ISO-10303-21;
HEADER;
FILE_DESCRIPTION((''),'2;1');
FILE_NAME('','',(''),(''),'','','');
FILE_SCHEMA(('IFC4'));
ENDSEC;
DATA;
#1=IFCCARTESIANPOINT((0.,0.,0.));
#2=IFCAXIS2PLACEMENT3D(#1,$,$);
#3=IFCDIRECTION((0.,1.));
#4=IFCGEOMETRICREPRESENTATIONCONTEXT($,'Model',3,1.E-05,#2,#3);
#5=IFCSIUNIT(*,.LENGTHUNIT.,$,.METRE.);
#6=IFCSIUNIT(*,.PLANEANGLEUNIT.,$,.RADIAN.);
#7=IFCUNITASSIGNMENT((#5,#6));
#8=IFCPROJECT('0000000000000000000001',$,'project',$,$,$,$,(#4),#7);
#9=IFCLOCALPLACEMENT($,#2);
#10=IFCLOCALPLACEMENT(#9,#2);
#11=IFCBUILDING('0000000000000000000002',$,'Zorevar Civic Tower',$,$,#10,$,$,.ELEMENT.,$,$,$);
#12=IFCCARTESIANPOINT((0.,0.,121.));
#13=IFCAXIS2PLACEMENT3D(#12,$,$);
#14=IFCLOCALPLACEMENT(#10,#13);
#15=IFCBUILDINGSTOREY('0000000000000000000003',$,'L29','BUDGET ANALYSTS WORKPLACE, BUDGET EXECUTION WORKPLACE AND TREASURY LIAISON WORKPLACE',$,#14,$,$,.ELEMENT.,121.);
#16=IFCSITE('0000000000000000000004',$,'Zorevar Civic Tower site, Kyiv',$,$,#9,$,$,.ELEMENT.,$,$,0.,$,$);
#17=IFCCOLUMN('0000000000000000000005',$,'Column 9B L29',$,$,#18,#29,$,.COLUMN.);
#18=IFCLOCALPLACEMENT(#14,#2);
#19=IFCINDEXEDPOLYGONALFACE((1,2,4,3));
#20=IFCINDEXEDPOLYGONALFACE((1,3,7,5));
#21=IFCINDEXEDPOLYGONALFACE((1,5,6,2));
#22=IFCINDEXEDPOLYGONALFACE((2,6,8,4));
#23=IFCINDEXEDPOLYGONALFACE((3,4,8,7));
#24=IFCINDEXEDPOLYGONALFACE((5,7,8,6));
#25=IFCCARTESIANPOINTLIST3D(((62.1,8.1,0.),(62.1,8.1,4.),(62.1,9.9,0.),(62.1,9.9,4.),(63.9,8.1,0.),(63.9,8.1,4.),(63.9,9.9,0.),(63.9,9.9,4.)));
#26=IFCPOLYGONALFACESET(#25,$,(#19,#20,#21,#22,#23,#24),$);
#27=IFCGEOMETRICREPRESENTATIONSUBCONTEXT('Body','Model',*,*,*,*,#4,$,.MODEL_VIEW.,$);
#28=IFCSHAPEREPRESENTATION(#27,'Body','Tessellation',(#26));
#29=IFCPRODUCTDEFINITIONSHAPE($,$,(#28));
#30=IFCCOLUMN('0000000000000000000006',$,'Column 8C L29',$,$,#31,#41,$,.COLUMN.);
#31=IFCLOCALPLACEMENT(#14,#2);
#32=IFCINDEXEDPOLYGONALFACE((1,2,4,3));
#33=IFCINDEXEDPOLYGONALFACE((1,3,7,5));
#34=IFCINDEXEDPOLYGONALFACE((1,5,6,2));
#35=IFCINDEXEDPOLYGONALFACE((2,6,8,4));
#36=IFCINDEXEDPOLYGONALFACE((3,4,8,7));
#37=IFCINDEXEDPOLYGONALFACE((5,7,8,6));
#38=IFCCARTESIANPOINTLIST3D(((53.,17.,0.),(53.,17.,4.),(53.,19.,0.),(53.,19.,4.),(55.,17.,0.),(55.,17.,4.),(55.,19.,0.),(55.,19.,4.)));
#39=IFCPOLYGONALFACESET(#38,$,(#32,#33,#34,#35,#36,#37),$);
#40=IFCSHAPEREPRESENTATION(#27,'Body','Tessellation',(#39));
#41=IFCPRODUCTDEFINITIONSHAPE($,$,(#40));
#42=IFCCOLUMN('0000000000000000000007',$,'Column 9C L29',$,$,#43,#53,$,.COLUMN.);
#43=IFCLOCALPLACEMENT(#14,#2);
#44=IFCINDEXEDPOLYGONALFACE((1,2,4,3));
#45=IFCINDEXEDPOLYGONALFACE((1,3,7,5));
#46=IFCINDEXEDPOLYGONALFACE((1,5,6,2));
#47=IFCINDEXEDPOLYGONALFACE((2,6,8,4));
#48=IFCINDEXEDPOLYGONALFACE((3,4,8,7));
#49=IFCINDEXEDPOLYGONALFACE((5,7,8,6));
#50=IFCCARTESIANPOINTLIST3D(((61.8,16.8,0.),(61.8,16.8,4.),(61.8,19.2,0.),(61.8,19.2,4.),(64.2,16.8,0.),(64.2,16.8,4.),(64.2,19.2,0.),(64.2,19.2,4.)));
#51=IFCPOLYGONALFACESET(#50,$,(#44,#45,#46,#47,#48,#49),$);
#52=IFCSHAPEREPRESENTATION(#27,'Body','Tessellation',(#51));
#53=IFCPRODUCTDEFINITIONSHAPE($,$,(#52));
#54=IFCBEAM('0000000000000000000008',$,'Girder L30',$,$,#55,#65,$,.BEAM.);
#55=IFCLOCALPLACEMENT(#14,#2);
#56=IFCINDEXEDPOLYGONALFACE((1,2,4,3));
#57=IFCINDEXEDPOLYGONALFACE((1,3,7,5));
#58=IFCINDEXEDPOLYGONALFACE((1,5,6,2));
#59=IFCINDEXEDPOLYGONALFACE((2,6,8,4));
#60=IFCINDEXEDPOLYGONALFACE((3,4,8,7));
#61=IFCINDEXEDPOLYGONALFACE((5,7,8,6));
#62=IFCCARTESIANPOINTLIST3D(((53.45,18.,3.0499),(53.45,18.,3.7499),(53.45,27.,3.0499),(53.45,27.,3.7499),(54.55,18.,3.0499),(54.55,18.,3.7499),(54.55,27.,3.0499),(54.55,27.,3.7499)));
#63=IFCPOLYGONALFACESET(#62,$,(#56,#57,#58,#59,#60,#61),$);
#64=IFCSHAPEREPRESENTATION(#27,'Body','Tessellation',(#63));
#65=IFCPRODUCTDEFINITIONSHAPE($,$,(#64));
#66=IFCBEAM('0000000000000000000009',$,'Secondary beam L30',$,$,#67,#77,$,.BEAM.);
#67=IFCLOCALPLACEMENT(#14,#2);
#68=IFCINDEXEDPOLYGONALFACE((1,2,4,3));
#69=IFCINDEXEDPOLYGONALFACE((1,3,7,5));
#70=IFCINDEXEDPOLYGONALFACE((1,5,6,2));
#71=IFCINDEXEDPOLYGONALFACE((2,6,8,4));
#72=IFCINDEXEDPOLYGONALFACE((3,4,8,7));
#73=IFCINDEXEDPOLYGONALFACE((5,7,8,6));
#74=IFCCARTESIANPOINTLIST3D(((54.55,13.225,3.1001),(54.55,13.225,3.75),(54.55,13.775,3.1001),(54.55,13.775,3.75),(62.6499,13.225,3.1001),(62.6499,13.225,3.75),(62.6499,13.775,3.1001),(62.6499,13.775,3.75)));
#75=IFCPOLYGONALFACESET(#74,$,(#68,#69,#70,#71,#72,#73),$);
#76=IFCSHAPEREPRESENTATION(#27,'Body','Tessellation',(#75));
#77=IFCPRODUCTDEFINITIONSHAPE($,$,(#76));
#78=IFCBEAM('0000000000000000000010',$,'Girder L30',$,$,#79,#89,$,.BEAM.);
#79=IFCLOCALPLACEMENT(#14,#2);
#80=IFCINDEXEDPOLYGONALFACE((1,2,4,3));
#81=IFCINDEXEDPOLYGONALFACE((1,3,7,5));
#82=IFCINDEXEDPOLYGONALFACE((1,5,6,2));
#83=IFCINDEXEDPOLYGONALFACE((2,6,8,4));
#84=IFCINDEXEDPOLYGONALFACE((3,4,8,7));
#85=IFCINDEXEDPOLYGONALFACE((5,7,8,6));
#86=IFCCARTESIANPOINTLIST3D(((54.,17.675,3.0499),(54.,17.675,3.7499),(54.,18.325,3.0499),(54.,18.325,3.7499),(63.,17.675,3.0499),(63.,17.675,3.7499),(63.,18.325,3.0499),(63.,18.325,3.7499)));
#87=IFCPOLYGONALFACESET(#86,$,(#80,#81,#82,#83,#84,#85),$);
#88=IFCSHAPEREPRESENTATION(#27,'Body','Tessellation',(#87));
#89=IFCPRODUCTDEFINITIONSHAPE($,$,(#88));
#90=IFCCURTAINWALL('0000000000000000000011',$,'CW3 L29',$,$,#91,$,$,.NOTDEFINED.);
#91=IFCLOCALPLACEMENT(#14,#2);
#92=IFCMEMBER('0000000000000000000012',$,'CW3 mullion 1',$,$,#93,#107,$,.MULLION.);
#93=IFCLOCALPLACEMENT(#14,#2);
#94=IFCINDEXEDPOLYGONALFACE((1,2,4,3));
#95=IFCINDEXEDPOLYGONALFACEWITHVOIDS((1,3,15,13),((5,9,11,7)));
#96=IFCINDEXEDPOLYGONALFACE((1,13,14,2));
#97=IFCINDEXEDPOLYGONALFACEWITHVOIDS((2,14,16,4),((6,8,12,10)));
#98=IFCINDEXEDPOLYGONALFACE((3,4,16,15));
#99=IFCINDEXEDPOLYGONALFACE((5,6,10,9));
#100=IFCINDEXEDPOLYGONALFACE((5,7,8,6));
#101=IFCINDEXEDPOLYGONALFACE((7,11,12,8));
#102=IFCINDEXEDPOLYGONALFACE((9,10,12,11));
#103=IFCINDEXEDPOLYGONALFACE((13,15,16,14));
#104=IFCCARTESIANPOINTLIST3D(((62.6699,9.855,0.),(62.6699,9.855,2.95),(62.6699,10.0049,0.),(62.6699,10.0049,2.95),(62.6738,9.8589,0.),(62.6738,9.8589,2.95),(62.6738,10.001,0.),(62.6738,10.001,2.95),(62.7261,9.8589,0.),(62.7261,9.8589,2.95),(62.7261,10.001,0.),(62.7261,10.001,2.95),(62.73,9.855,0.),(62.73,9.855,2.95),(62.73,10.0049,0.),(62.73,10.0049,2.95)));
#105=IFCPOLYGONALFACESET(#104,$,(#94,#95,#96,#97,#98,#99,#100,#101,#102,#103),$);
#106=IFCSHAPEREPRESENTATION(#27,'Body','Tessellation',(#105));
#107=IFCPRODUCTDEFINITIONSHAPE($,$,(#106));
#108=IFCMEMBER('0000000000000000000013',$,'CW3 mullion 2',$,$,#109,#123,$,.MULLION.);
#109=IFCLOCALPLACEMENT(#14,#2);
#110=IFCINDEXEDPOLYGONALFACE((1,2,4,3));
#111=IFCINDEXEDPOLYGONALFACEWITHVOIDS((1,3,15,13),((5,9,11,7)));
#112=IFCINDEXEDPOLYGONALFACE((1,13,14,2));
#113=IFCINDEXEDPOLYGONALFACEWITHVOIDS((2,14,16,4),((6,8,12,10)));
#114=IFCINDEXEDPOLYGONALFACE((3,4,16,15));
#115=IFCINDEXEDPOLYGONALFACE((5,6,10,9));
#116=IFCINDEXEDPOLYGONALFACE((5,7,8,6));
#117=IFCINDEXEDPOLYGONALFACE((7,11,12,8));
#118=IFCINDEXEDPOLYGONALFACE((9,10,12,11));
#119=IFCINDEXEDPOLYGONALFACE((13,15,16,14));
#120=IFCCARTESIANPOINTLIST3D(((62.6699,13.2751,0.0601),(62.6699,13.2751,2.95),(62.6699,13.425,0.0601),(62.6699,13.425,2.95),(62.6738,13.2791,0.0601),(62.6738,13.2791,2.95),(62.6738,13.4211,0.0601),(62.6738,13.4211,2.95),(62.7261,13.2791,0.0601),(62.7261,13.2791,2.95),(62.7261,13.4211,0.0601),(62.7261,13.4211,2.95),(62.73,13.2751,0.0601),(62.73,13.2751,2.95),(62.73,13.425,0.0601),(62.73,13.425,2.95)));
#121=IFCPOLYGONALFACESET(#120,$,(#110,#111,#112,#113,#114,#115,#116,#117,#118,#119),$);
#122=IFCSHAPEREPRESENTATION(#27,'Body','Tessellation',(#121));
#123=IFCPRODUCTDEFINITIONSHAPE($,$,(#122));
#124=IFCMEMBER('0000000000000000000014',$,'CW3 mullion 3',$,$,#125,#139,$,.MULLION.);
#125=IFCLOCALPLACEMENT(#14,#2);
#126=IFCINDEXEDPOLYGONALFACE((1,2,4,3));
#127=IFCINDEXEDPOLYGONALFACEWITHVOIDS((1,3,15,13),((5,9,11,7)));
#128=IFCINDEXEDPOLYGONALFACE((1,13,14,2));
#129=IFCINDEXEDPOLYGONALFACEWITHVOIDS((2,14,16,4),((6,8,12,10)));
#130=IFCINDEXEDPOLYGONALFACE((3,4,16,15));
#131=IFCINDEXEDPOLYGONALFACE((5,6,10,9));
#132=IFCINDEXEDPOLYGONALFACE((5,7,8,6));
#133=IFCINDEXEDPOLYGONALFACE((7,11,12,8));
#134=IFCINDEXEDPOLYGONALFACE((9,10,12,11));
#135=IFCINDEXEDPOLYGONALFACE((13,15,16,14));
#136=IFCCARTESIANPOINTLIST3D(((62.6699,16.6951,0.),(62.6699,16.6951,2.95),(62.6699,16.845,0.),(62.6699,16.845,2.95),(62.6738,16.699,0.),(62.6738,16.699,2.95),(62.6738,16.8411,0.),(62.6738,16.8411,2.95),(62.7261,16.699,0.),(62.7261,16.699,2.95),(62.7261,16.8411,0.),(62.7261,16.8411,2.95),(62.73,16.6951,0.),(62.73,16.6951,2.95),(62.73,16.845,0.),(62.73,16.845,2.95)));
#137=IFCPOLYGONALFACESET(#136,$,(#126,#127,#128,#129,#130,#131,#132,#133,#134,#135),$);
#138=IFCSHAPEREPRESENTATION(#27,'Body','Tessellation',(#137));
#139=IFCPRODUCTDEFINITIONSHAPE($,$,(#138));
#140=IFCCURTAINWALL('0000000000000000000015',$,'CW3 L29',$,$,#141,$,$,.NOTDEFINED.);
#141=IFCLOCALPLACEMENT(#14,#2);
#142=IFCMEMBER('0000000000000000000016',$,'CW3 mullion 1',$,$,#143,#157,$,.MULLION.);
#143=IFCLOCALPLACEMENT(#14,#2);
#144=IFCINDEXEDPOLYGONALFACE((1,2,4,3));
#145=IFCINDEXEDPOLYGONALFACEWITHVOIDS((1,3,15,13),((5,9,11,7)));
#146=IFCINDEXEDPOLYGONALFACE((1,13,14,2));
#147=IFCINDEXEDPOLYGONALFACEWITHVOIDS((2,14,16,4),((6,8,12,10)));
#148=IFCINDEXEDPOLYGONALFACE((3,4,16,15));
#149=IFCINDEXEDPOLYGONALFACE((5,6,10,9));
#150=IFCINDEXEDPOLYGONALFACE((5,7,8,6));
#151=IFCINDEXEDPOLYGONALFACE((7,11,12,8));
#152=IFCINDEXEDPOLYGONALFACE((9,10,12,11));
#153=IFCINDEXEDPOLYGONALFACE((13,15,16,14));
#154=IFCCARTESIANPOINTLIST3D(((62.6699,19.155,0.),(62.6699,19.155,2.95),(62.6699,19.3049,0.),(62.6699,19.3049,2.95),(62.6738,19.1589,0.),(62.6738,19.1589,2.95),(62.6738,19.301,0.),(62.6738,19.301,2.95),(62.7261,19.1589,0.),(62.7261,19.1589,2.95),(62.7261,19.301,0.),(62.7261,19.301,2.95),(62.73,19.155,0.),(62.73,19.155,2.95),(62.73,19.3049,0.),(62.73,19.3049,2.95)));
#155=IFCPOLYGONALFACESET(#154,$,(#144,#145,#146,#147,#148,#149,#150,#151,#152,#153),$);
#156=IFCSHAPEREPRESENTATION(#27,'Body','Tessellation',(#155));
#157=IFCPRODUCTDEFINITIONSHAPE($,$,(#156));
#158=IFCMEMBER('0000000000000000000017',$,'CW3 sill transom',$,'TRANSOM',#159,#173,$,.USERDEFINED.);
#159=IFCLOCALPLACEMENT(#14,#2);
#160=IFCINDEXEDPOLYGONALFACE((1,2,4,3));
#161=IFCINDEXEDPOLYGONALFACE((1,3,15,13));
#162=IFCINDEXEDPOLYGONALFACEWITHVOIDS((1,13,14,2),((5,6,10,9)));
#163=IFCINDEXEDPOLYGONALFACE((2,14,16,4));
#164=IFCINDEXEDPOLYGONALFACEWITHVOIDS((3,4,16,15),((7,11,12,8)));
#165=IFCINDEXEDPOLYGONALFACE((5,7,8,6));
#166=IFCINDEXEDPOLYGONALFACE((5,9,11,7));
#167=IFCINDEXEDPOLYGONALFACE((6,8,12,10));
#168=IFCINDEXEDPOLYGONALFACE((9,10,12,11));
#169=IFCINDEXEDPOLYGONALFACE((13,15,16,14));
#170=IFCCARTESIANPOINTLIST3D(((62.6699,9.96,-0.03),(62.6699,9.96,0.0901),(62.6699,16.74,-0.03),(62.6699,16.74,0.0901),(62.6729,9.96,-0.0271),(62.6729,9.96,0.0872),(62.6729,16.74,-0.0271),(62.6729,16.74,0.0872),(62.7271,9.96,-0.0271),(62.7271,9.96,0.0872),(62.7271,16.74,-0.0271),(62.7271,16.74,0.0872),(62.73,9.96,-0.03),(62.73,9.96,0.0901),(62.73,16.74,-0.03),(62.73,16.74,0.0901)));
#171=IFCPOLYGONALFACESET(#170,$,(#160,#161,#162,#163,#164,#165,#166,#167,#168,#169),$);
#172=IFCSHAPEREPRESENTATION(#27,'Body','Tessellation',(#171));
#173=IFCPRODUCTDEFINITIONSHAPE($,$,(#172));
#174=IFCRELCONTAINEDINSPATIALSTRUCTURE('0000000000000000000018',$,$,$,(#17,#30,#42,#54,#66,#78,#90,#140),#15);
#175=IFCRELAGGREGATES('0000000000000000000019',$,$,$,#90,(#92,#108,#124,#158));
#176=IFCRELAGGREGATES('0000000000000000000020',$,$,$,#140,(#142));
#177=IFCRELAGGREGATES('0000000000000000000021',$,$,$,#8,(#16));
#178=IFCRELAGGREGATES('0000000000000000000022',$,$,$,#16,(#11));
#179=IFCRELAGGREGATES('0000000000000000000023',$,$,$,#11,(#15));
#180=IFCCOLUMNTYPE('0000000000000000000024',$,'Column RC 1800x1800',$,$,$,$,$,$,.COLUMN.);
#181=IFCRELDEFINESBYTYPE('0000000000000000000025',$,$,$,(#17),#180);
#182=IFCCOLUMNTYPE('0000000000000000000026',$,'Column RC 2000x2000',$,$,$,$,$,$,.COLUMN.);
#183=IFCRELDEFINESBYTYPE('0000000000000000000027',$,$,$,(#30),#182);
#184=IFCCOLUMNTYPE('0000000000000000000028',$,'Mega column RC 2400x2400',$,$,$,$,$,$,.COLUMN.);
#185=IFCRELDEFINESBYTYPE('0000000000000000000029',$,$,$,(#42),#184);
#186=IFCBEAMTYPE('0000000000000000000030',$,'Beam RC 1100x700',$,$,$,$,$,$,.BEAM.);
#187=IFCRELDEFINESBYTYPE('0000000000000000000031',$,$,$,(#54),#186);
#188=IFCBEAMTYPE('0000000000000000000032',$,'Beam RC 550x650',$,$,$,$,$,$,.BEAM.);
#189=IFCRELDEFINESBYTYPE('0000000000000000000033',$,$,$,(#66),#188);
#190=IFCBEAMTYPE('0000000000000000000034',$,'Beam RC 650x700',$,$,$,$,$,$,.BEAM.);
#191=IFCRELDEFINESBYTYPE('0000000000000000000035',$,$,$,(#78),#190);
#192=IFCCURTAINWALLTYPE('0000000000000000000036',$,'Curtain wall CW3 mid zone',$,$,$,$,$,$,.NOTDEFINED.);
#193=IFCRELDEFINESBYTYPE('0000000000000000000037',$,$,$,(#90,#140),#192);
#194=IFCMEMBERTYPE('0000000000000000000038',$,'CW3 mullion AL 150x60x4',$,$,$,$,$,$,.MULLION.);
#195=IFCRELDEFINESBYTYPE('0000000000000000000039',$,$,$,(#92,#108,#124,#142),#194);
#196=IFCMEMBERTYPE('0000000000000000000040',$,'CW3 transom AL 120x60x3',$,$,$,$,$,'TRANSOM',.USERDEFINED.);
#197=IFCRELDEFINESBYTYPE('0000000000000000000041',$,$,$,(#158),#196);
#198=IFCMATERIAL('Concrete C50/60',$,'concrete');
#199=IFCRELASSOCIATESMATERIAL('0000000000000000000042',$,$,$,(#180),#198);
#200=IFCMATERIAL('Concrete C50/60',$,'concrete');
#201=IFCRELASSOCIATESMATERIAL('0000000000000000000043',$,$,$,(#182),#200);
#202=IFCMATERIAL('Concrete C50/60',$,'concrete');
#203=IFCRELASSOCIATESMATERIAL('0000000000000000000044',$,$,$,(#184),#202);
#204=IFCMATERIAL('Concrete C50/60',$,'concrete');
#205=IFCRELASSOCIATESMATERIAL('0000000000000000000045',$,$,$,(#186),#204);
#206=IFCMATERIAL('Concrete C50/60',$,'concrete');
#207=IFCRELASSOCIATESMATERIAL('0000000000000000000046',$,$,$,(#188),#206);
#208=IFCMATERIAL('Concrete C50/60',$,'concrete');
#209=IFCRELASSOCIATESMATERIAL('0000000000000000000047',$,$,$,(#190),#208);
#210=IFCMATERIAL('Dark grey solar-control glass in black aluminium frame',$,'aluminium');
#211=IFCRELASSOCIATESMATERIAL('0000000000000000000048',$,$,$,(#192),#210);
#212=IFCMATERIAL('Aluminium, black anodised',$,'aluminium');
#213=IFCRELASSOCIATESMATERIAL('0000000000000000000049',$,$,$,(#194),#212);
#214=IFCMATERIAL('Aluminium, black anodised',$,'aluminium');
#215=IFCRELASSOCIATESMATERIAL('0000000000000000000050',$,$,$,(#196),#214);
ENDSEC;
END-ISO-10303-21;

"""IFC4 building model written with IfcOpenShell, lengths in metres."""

from ifc_helpers import new_model, si_unit, direction, frame, origin, origin_2d, place, context, subcontext, project, spatial, rectangle, hollow_rectangle, extrude, material, material_profile, profile_set, type_object, element, aggregate, save


model = new_model("IFC4")

# Units and contexts
model_context = context("Model", 3, precision=1e-05, world=origin(), true_north=direction((0.0, 1.0)))
body_context = subcontext(model_context, "Body", "Model", "MODEL_VIEW")
ifc_project = project(units=[si_unit("LENGTHUNIT", "METRE"), si_unit("PLANEANGLEUNIT", "RADIAN")], contexts=[model_context])

# Site, building, storey
site_placement = place(None, origin())
site = spatial("IfcSite", under=ifc_project, at=site_placement, Name="Zorevar Civic Tower site, Kyiv", CompositionType="ELEMENT", RefElevation=0.0)
building_placement = place(site_placement, origin())
building = spatial("IfcBuilding", under=site, at=building_placement, Name="Zorevar Civic Tower", CompositionType="ELEMENT")
storey_placement = place(building_placement, frame((0.0, 0.0, 121.0)))
storey = spatial("IfcBuildingStorey", under=building, at=storey_placement, Name="L29", Description="BUDGET ANALYSTS WORKPLACE, BUDGET EXECUTION WORKPLACE AND TREASURY LIAISON WORKPLACE", CompositionType="ELEMENT", Elevation=121.0)

# Columns
ifc_material_1 = material(Name="Concrete C50/60", Category="concrete")
ifc_material_profile_1 = material_profile(ifc_material_1, rectangle(XDim=1.8, YDim=1.8, at=origin_2d()), Name="RC 1800x1800")
ifc_profile_set_1 = profile_set([ifc_material_profile_1], Name="Concrete C50/60")
column_type_1 = type_object("IfcColumnType", Name="Column RC 1800x1800", PredefinedType="COLUMN", material=ifc_profile_set_1)
column_1_placement = place(storey_placement, frame((63.0, 9.0, 0.0), z_axis=(0.0, 0.0, 1.0), x_axis=(1.0, 0.0, 0.0)))
element("IfcColumn", 1, at=column_1_placement, inside=storey, type_object=column_type_1, Name="Column 9B L29", PredefinedType="COLUMN", context=body_context, shape_type="SweptSolid", body=[
    extrude(rectangle(XDim=1.8, YDim=1.8, at=origin_2d()), origin(), (0.0, 0.0, 1.0), 4.0),
])
ifc_material_2 = material(Name="Concrete C50/60", Category="concrete")
ifc_material_profile_2 = material_profile(ifc_material_2, rectangle(XDim=2.0, YDim=2.0, at=origin_2d()), Name="RC 2000x2000")
ifc_profile_set_2 = profile_set([ifc_material_profile_2], Name="Concrete C50/60")
column_type_2 = type_object("IfcColumnType", Name="Column RC 2000x2000", PredefinedType="COLUMN", material=ifc_profile_set_2)
column_2_placement = place(storey_placement, frame((54.0, 18.0, 0.0), z_axis=(0.0, 0.0, 1.0), x_axis=(1.0, 0.0, 0.0)))
element("IfcColumn", 2, at=column_2_placement, inside=storey, type_object=column_type_2, Name="Column 8C L29", PredefinedType="COLUMN", context=body_context, shape_type="SweptSolid", body=[
    extrude(rectangle(XDim=2.0, YDim=2.0, at=origin_2d()), origin(), (0.0, 0.0, 1.0), 4.0),
])
ifc_material_3 = material(Name="Concrete C50/60", Category="concrete")
ifc_material_profile_3 = material_profile(ifc_material_3, rectangle(XDim=2.3999, YDim=2.3999, at=origin_2d()), Name="RC 2400x2400")
ifc_profile_set_3 = profile_set([ifc_material_profile_3], Name="Concrete C50/60")
column_type_3 = type_object("IfcColumnType", Name="Mega column RC 2400x2400", PredefinedType="COLUMN", material=ifc_profile_set_3)
column_3_placement = place(storey_placement, frame((63.0, 18.0, 0.0), z_axis=(0.0, 0.0, 1.0), x_axis=(1.0, 0.0, 0.0)))
element("IfcColumn", 3, at=column_3_placement, inside=storey, type_object=column_type_3, Name="Column 9C L29", PredefinedType="COLUMN", context=body_context, shape_type="SweptSolid", body=[
    extrude(rectangle(XDim=2.3999, YDim=2.3999, at=origin_2d()), origin(), (0.0, 0.0, 1.0), 4.0),
])

# Beams
ifc_material_4 = material(Name="Concrete C50/60", Category="concrete")
ifc_material_profile_4 = material_profile(ifc_material_4, rectangle(XDim=1.1001, YDim=0.7, at=origin_2d()), Name="RC 1100x700")
ifc_profile_set_4 = profile_set([ifc_material_profile_4], Name="Concrete C50/60")
beam_type_1 = type_object("IfcBeamType", Name="Beam RC 1100x700", PredefinedType="BEAM", material=ifc_profile_set_4)
beam_1_placement = place(storey_placement, frame((54.0, 18.0, 3.3999), z_axis=(0.0, 1.0, 0.0), x_axis=(-1.0, 0.0, 0.0)))
element("IfcBeam", 4, at=beam_1_placement, inside=storey, type_object=beam_type_1, Name="Girder L30", PredefinedType="BEAM", context=body_context, shape_type="SweptSolid", body=[
    extrude(rectangle(XDim=1.1001, YDim=0.7, at=origin_2d()), origin(), (0.0, 0.0, 1.0), 9.0),
])
ifc_material_5 = material(Name="Concrete C50/60", Category="concrete")
ifc_material_profile_5 = material_profile(ifc_material_5, rectangle(XDim=0.55, YDim=0.6499, at=origin_2d()), Name="RC 550x650")
ifc_profile_set_5 = profile_set([ifc_material_profile_5], Name="Concrete C50/60")
beam_type_2 = type_object("IfcBeamType", Name="Beam RC 550x650", PredefinedType="BEAM", material=ifc_profile_set_5)
beam_2_placement = place(storey_placement, frame((54.55, 13.5, 3.425), z_axis=(1.0, 0.0, 0.0), x_axis=(0.0, 1.0, 0.0)))
element("IfcBeam", 5, at=beam_2_placement, inside=storey, type_object=beam_type_2, Name="Secondary beam L30", PredefinedType="BEAM", context=body_context, shape_type="SweptSolid", body=[
    extrude(rectangle(XDim=0.55, YDim=0.6499, at=origin_2d()), origin(), (0.0, 0.0, 1.0), 8.0999),
])
ifc_material_6 = material(Name="Concrete C50/60", Category="concrete")
ifc_material_profile_6 = material_profile(ifc_material_6, rectangle(XDim=0.6499, YDim=0.7, at=origin_2d()), Name="RC 650x700")
ifc_profile_set_6 = profile_set([ifc_material_profile_6], Name="Concrete C50/60")
beam_type_3 = type_object("IfcBeamType", Name="Beam RC 650x700", PredefinedType="BEAM", material=ifc_profile_set_6)
beam_3_placement = place(storey_placement, frame((54.0, 18.0, 3.3999), z_axis=(1.0, 0.0, 0.0), x_axis=(0.0, 1.0, 0.0)))
element("IfcBeam", 6, at=beam_3_placement, inside=storey, type_object=beam_type_3, Name="Girder L30", PredefinedType="BEAM", context=body_context, shape_type="SweptSolid", body=[
    extrude(rectangle(XDim=0.6499, YDim=0.7, at=origin_2d()), origin(), (0.0, 0.0, 1.0), 9.0),
])

# Curtain wall, members
ifc_material_7 = material(Name="Dark grey solar-control glass in black aluminium frame", Category="aluminium")
curtain_wall_type = type_object("IfcCurtainWallType", Name="Curtain wall CW3 mid zone", PredefinedType="NOTDEFINED", material=ifc_material_7)
curtain_wall_1_placement = place(storey_placement, origin())
curtain_wall_1 = element("IfcCurtainWall", 7, at=curtain_wall_1_placement, inside=storey, type_object=curtain_wall_type, Name="CW3 L29", PredefinedType="NOTDEFINED")
ifc_material_8 = material(Name="Aluminium, black anodised", Category="aluminium")
ifc_material_profile_7 = material_profile(ifc_material_8, hollow_rectangle(XDim=0.0601, YDim=0.1499, WallThickness=0.0039, at=origin_2d()), Name="AL 150x60x4")
ifc_profile_set_7 = profile_set([ifc_material_profile_7], Name="Aluminium, black anodised")
member_type_1 = type_object("IfcMemberType", Name="CW3 mullion AL 150x60x4", PredefinedType="MULLION", material=ifc_profile_set_7)
member_1_placement = place(storey_placement, frame((62.7, 9.9299, 0.0), z_axis=(0.0, 0.0, 1.0), x_axis=(-1.0, 0.0, 0.0)))
member_1 = element("IfcMember", 8, at=member_1_placement, type_object=member_type_1, Name="CW3 mullion 1", PredefinedType="MULLION", context=body_context, shape_type="SweptSolid", body=[
    extrude(hollow_rectangle(XDim=0.0601, YDim=0.1499, WallThickness=0.0039, at=origin_2d()), origin(), (0.0, 0.0, 1.0), 2.95),
])
member_2_placement = place(storey_placement, frame((62.7, 13.3501, 0.0601), z_axis=(0.0, 0.0, 1.0), x_axis=(-1.0, 0.0, 0.0)))
member_2 = element("IfcMember", 9, at=member_2_placement, type_object=member_type_1, Name="CW3 mullion 2", PredefinedType="MULLION", context=body_context, shape_type="SweptSolid", body=[
    extrude(hollow_rectangle(XDim=0.0601, YDim=0.1499, WallThickness=0.0039, at=origin_2d()), origin(), (0.0, 0.0, 1.0), 2.8899),
])
member_3_placement = place(storey_placement, frame((62.7, 16.77, 0.0), z_axis=(0.0, 0.0, 1.0), x_axis=(-1.0, 0.0, 0.0)))
member_3 = element("IfcMember", 10, at=member_3_placement, type_object=member_type_1, Name="CW3 mullion 3", PredefinedType="MULLION", context=body_context, shape_type="SweptSolid", body=[
    extrude(hollow_rectangle(XDim=0.0601, YDim=0.1499, WallThickness=0.0039, at=origin_2d()), origin(), (0.0, 0.0, 1.0), 2.95),
])

# Curtain wall, member
curtain_wall_2_placement = place(storey_placement, origin())
curtain_wall_2 = element("IfcCurtainWall", 11, at=curtain_wall_2_placement, inside=storey, type_object=curtain_wall_type, Name="CW3 L29", PredefinedType="NOTDEFINED")
member_4_placement = place(storey_placement, frame((62.7, 19.23, 0.0), z_axis=(0.0, 0.0, 1.0), x_axis=(-1.0, 0.0, 0.0)))
member_4 = element("IfcMember", 12, at=member_4_placement, type_object=member_type_1, Name="CW3 mullion 1", PredefinedType="MULLION", context=body_context, shape_type="SweptSolid", body=[
    extrude(hollow_rectangle(XDim=0.0601, YDim=0.1499, WallThickness=0.0039, at=origin_2d()), origin(), (0.0, 0.0, 1.0), 2.95),
])

# Member
ifc_material_9 = material(Name="Aluminium, black anodised", Category="aluminium")
ifc_material_profile_8 = material_profile(ifc_material_9, hollow_rectangle(XDim=0.0601, YDim=0.1201, WallThickness=0.0029, at=origin_2d()), Name="AL 120x60x3")
ifc_profile_set_8 = profile_set([ifc_material_profile_8], Name="Aluminium, black anodised")
member_type_2 = type_object("IfcMemberType", Name="CW3 transom AL 120x60x3", ElementType="TRANSOM", PredefinedType="USERDEFINED", material=ifc_profile_set_8)
member_5_placement = place(storey_placement, frame((62.7, 9.96, 0.03), z_axis=(0.0, 1.0, 0.0), x_axis=(-1.0, 0.0, 0.0)))
member_5 = element("IfcMember", 13, at=member_5_placement, type_object=member_type_2, Name="CW3 sill transom", ObjectType="TRANSOM", PredefinedType="USERDEFINED", context=body_context, shape_type="SweptSolid", body=[
    extrude(hollow_rectangle(XDim=0.0601, YDim=0.1201, WallThickness=0.0029, at=origin_2d()), origin(), (0.0, 0.0, 1.0), 6.78),
])

aggregate(curtain_wall_1, [member_1, member_2, member_3, member_5])
aggregate(curtain_wall_2, [member_4])

save(model, "model.ifc")
